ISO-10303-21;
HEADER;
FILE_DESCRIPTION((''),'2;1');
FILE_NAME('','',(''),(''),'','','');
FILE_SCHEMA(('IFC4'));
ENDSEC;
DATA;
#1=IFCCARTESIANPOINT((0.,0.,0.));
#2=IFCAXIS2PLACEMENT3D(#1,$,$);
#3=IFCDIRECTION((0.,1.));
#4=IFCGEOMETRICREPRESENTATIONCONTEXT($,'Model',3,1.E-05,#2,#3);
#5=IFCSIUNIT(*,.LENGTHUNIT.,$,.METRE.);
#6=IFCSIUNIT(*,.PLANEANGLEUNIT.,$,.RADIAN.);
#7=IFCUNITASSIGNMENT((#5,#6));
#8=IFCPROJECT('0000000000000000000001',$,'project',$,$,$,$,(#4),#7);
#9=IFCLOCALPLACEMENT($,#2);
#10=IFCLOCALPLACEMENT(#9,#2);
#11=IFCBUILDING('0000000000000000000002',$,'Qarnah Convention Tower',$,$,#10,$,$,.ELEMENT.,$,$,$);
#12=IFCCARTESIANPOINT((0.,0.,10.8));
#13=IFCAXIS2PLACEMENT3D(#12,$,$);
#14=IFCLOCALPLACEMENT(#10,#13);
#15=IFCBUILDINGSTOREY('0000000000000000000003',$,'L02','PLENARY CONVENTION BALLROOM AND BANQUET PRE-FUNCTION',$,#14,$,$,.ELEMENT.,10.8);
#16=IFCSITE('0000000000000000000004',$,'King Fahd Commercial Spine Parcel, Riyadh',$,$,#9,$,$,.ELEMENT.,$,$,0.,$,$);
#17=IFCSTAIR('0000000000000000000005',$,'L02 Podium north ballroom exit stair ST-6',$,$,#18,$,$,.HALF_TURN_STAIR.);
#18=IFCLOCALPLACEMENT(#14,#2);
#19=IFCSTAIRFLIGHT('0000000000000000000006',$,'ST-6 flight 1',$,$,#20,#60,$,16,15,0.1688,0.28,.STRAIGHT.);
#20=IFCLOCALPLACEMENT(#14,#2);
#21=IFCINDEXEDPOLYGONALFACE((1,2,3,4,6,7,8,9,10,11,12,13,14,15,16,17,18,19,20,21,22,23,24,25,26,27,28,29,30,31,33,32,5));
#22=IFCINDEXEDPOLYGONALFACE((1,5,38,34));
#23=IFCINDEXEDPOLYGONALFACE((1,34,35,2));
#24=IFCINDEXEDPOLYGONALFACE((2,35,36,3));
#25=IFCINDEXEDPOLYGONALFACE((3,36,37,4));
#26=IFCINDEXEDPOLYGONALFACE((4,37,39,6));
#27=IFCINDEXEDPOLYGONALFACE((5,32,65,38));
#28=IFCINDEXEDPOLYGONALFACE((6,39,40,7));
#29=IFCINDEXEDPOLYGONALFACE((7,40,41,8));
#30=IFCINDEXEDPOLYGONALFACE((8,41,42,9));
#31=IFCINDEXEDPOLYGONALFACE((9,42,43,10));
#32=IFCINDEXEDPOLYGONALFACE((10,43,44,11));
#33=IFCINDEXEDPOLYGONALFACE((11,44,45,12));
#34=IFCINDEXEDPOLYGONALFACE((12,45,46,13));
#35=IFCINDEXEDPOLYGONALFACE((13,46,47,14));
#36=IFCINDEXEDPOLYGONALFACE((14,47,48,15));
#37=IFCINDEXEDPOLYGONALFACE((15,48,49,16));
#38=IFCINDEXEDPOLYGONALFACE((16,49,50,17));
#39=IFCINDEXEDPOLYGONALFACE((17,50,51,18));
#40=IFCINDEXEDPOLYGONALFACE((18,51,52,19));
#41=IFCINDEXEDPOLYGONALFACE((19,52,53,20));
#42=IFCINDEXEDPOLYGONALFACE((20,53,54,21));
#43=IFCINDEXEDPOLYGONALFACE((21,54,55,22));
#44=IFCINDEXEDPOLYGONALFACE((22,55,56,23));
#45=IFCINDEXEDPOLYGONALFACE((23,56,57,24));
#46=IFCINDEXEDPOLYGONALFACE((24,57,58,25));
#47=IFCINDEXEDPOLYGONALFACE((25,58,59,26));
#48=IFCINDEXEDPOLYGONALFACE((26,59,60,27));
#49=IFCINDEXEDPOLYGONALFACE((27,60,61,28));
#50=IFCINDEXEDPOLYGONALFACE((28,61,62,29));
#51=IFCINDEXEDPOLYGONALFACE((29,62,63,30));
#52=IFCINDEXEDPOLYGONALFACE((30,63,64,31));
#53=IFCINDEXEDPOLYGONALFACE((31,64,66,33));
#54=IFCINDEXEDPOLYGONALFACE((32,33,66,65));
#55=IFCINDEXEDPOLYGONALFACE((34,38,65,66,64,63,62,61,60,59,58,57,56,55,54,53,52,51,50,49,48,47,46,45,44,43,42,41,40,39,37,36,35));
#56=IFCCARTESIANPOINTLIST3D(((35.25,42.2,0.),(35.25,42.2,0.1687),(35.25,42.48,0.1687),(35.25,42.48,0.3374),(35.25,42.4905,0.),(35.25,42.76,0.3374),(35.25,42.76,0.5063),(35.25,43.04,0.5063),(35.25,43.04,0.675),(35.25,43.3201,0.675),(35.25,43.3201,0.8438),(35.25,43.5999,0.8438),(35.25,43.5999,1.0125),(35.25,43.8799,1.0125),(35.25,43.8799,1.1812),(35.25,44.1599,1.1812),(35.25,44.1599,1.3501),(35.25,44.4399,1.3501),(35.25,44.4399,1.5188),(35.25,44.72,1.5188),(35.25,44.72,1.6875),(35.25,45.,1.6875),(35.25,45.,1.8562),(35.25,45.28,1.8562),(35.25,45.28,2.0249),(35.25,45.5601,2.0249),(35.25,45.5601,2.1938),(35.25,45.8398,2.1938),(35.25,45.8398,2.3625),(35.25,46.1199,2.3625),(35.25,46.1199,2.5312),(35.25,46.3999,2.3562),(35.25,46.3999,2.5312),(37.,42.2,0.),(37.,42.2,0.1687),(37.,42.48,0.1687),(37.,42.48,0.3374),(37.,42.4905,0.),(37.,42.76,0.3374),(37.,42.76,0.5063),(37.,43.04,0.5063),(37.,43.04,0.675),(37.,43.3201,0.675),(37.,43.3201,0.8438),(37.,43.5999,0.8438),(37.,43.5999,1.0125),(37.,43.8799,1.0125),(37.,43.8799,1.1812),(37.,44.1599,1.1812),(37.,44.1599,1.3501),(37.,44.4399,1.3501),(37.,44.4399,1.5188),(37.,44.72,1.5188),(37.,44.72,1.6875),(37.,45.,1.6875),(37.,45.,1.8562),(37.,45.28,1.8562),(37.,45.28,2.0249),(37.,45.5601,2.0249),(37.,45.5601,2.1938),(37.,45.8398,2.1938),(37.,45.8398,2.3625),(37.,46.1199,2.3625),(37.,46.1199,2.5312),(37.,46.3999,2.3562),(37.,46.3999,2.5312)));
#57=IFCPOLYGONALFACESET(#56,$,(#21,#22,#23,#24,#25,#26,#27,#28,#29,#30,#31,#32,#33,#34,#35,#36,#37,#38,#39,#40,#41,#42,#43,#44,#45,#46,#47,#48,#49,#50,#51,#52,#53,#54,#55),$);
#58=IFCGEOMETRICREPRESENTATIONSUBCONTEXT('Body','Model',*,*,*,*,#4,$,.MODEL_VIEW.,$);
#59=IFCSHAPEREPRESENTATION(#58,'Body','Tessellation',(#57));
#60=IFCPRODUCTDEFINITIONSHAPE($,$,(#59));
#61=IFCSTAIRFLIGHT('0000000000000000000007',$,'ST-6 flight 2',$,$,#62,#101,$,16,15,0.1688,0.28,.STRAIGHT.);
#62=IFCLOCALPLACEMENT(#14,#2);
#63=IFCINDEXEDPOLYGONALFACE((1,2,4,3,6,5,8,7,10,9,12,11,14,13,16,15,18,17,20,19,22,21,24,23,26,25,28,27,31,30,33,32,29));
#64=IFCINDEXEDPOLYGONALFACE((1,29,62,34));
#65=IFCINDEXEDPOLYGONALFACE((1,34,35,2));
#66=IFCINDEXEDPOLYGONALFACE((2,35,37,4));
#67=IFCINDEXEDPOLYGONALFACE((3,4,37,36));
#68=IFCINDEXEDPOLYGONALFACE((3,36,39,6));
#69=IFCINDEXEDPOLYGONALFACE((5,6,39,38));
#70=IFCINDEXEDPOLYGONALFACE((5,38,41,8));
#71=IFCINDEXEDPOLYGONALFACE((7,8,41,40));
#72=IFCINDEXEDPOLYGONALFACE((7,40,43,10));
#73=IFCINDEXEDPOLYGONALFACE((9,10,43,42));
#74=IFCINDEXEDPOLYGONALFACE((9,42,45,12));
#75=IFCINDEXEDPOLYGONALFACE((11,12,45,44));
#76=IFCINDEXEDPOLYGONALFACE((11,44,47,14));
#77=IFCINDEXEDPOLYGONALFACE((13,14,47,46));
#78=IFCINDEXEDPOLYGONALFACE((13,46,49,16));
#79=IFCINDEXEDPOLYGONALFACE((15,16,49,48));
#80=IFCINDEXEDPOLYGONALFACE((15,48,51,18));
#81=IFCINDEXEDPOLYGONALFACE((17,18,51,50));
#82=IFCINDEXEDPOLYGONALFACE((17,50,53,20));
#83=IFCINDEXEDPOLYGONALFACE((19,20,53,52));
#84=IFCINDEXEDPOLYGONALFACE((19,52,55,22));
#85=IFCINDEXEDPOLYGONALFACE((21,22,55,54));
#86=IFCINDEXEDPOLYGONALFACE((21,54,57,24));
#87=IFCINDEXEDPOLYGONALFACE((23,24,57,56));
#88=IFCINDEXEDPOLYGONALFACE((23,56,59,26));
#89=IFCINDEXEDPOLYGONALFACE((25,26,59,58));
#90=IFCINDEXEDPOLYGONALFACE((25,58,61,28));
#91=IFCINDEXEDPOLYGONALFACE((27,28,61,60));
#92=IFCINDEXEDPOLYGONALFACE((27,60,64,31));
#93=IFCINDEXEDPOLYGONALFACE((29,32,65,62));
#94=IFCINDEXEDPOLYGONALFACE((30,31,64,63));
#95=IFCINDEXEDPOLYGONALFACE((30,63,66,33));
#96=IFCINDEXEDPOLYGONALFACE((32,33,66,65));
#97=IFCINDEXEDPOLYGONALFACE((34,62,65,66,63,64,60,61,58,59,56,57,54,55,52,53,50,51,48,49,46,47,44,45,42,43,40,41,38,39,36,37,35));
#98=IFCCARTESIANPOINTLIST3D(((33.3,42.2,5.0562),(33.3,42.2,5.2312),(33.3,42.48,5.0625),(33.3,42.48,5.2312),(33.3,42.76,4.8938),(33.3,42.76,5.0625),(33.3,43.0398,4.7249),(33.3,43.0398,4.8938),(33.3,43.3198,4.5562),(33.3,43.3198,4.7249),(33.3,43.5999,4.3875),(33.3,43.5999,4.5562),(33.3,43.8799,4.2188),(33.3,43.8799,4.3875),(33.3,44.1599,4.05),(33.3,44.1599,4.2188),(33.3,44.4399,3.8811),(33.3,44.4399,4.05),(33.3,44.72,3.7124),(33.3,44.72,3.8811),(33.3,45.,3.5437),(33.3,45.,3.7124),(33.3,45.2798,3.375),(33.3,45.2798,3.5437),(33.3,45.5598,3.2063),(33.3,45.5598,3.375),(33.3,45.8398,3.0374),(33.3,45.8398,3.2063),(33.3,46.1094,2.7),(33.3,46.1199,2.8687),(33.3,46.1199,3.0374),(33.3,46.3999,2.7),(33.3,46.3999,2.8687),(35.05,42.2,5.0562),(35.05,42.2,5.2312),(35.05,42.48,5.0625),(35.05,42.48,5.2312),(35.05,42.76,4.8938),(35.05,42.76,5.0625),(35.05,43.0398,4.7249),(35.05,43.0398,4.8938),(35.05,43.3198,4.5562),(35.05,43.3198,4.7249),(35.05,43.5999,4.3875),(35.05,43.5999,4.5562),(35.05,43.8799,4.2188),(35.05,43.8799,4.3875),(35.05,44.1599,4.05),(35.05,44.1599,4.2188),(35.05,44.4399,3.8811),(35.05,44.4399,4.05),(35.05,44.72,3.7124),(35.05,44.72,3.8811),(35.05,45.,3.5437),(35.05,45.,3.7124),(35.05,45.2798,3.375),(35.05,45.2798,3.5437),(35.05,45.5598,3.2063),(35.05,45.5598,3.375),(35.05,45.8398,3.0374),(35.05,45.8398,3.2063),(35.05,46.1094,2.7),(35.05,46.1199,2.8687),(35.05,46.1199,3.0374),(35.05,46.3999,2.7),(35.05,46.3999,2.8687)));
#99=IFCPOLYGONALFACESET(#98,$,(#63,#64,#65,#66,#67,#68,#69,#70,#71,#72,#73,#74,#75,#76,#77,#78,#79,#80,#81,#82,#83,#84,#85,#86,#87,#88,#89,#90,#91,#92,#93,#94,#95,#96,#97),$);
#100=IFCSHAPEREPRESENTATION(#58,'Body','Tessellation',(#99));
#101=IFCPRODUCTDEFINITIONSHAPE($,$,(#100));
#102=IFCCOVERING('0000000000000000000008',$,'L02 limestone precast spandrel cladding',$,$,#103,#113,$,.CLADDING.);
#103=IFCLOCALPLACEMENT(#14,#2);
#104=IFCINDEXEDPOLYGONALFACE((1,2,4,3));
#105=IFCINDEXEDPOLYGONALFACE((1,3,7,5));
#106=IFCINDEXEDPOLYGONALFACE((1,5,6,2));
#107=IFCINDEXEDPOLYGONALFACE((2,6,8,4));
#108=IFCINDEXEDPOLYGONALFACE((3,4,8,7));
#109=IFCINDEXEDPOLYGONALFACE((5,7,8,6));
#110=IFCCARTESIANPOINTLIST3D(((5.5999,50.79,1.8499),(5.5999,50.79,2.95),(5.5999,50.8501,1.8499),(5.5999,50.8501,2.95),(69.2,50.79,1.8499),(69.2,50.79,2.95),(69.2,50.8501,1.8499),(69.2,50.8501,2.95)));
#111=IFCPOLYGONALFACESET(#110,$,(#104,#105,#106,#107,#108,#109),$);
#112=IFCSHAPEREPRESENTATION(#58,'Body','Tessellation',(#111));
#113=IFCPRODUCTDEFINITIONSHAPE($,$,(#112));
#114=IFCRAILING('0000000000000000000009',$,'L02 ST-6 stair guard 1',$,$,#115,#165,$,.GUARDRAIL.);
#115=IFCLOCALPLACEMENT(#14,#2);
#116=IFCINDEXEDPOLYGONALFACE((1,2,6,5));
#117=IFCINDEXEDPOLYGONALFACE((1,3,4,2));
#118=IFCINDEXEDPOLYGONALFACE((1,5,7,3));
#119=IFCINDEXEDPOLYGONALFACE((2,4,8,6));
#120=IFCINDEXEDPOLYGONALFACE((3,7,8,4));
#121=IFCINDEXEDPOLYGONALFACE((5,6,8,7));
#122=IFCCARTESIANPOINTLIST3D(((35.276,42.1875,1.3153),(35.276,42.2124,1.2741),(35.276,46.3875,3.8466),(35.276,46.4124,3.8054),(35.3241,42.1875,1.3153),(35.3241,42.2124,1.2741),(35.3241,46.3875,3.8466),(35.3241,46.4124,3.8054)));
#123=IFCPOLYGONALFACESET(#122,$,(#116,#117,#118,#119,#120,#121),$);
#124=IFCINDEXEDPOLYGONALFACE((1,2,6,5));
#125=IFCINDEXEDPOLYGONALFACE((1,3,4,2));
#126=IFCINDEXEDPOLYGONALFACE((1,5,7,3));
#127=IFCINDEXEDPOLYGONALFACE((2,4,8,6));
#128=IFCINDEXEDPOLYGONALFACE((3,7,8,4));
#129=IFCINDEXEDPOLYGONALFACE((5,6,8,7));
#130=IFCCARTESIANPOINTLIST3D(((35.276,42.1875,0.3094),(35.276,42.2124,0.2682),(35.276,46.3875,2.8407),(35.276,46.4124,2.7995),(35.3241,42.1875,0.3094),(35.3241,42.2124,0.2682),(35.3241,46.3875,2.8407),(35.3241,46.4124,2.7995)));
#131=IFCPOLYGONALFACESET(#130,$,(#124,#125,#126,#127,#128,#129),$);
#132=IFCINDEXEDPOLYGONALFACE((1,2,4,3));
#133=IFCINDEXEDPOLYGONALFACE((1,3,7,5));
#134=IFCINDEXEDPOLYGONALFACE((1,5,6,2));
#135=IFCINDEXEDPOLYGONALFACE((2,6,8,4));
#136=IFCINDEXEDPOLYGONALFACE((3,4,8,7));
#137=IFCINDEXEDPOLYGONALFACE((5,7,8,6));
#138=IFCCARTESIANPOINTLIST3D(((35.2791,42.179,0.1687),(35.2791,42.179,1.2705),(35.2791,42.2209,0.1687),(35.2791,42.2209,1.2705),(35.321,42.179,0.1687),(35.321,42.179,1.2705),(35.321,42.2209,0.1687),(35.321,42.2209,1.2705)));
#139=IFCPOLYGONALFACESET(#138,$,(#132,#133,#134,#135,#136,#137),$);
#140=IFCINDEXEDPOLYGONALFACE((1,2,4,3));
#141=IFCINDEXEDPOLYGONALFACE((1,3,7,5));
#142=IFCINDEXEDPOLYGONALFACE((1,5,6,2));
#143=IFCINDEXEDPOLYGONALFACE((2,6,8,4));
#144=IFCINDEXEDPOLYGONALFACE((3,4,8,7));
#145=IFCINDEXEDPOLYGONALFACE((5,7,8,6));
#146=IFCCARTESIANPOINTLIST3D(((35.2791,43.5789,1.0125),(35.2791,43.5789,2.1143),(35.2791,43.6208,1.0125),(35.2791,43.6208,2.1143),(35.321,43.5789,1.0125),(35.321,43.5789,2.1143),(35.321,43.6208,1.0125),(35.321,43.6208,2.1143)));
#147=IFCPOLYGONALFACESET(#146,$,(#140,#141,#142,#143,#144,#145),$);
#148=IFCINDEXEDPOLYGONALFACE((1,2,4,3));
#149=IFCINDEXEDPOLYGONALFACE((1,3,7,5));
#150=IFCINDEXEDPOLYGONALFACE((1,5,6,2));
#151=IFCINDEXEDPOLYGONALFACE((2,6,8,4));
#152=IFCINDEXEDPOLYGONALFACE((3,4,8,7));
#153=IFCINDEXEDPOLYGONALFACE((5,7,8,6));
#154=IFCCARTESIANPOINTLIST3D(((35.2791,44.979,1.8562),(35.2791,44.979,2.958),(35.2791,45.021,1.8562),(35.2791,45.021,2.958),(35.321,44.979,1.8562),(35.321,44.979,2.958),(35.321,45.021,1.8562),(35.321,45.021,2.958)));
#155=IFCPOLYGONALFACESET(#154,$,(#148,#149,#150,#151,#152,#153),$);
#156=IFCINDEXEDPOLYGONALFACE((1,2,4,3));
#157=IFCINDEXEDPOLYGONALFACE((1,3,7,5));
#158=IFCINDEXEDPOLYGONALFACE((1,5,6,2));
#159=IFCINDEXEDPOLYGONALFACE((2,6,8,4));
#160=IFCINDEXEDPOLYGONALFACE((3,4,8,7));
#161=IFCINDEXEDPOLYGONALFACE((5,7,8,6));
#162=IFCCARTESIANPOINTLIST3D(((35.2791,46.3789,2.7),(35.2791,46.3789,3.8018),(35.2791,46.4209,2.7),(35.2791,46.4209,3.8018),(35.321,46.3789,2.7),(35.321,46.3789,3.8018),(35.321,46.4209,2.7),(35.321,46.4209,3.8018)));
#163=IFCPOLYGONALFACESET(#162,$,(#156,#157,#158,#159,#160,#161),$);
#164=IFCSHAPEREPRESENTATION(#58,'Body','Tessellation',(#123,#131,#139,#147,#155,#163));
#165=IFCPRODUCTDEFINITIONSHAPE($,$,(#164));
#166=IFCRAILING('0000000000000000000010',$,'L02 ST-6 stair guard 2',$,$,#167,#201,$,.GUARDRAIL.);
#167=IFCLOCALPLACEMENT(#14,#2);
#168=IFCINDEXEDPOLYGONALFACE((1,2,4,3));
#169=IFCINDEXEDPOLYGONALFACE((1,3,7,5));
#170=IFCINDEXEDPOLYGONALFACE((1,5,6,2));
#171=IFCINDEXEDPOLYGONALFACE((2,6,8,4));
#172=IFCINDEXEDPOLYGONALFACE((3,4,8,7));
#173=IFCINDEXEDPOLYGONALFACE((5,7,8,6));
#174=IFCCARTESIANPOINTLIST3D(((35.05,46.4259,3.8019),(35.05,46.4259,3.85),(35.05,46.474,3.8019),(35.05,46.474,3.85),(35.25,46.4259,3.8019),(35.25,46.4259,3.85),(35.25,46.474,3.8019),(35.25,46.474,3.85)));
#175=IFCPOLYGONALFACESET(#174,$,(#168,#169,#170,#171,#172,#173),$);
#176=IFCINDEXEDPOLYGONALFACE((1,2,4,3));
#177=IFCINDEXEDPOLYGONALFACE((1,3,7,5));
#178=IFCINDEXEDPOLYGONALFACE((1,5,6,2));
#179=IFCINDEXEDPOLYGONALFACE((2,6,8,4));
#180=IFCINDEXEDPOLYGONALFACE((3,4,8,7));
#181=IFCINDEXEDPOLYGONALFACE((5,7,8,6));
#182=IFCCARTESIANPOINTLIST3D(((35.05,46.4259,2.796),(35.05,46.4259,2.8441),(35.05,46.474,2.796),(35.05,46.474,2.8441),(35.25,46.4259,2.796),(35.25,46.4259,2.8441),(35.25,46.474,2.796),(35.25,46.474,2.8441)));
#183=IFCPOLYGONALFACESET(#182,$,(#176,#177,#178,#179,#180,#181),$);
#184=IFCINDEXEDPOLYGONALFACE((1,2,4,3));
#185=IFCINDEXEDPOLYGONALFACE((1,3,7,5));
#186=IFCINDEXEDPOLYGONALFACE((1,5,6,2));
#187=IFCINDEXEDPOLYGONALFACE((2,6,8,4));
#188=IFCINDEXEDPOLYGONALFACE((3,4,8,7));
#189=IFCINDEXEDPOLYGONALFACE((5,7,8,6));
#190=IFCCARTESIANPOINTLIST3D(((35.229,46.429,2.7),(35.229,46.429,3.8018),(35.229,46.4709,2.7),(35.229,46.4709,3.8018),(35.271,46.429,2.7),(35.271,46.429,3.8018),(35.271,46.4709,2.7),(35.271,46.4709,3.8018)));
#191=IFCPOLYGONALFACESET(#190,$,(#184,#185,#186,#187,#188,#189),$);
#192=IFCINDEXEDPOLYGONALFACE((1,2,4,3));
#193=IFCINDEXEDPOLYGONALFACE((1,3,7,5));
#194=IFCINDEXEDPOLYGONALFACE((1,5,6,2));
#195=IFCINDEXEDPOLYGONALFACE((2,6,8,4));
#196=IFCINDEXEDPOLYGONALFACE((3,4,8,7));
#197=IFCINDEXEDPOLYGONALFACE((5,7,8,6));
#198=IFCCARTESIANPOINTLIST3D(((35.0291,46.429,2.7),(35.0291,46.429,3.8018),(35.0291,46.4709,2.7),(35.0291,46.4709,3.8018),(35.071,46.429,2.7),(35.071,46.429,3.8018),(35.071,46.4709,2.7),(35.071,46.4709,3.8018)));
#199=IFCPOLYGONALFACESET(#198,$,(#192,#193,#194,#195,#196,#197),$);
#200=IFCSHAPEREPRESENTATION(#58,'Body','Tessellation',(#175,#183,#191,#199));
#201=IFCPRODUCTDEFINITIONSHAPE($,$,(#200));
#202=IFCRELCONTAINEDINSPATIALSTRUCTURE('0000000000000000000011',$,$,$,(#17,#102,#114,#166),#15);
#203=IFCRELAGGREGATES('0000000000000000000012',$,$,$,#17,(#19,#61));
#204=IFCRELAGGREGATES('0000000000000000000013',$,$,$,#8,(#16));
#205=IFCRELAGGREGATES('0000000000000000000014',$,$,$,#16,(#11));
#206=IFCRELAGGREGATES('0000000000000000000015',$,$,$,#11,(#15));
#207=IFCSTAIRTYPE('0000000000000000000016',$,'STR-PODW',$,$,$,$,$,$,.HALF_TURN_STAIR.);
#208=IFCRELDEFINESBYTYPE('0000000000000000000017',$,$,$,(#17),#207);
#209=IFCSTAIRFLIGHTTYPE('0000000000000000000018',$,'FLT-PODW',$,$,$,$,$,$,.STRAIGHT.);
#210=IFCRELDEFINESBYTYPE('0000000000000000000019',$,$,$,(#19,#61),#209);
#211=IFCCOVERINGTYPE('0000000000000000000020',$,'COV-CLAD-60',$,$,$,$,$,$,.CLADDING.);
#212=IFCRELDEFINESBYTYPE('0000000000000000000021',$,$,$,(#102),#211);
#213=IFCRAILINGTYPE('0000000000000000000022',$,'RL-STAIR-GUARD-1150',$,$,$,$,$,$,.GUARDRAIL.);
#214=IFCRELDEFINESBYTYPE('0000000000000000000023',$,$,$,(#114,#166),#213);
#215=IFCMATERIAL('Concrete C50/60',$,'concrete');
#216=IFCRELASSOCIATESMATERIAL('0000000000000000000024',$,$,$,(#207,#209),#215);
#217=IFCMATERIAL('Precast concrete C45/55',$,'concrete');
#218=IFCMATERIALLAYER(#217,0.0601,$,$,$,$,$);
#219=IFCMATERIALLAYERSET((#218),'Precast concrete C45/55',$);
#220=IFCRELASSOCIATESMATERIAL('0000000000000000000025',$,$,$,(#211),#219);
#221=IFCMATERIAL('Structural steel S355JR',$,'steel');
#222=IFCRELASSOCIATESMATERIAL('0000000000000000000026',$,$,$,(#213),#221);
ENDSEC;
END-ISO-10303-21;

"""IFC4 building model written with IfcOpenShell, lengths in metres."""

from ifc_helpers import new_model, si_unit, direction, frame, origin, origin_2d, place, context, subcontext, project, spatial, polyline, rectangle, outline, extrude, material, layer, layer_set, type_object, element, aggregate, save


model = new_model("IFC4")

# Units and contexts
model_context = context("Model", 3, precision=1e-05, world=origin(), true_north=direction((0.0, 1.0)))
body_context = subcontext(model_context, "Body", "Model", "MODEL_VIEW")
ifc_project = project(units=[si_unit("LENGTHUNIT", "METRE"), si_unit("PLANEANGLEUNIT", "RADIAN")], contexts=[model_context])

# Site, building, storey
site_placement = place(None, origin())
site = spatial("IfcSite", under=ifc_project, at=site_placement, Name="King Fahd Commercial Spine Parcel, Riyadh", CompositionType="ELEMENT", RefElevation=0.0)
building_placement = place(site_placement, origin())
building = spatial("IfcBuilding", under=site, at=building_placement, Name="Qarnah Convention Tower", CompositionType="ELEMENT")
storey_placement = place(building_placement, frame((0.0, 0.0, 10.8)))
storey = spatial("IfcBuildingStorey", under=building, at=storey_placement, Name="L02", Description="PLENARY CONVENTION BALLROOM AND BANQUET PRE-FUNCTION", CompositionType="ELEMENT", Elevation=10.8)

# Shared definitions
ifc_material_1 = material(Name="Structural steel S355JR", Category="steel")

# Stair, stair flights
ifc_material_2 = material(Name="Concrete C50/60", Category="concrete")
stair_type = type_object("IfcStairType", Name="STR-PODW", PredefinedType="HALF_TURN_STAIR", material=ifc_material_2)
stair_placement = place(storey_placement, origin())
stair = element("IfcStair", 1, at=stair_placement, inside=storey, type_object=stair_type, Name="L02 Podium north ballroom exit stair ST-6", PredefinedType="HALF_TURN_STAIR")
stair_flight_type = type_object("IfcStairFlightType", Name="FLT-PODW", PredefinedType="STRAIGHT", material=ifc_material_2)
stair_flight_1_placement = place(storey_placement, frame((36.125, 42.2, 0.0), z_axis=(0.0, 0.0, 1.0), x_axis=(0.0, 1.0, 0.0)))
stair_flight_1 = element("IfcStairFlight", 2, at=stair_flight_1_placement, type_object=stair_flight_type, Name="ST-6 flight 1", NumberOfRisers=16, NumberOfTreads=15, PredefinedType="STRAIGHT", RiserHeight=0.1688, TreadLength=0.28, context=body_context, shape_type="SweptSolid", body=[
    extrude(outline(polyline([(0.0, 0.0), (0.0, 0.1687), (0.28, 0.1687), (0.28, 0.3374), (0.5601, 0.3374), (0.5601, 0.5063), (0.8401, 0.5063), (0.8401, 0.675), (1.1201, 0.675), (1.1201, 0.8438), (1.3999, 0.8438), (1.3999, 1.0125), (1.6799, 1.0125), (1.6799, 1.1812), (1.96, 1.1812), (1.96, 1.3501), (2.24, 1.3501), (2.24, 1.5188), (2.52, 1.5188), (2.52, 1.6875), (2.8, 1.6875), (2.8, 1.8562), (3.0801, 1.8562), (3.0801, 2.0249), (3.3601, 2.0249), (3.3601, 2.1938), (3.6399, 2.1938), (3.6399, 2.3625), (3.9199, 2.3625), (3.9199, 2.5312), (4.2, 2.5312), (4.2, 2.7), (4.2, 2.3562), (0.2905, 0.0), (0.0, 0.0)])), frame((0.0, 0.875, 0.0), z_axis=(0.0, -1.0, 0.0), x_axis=(1.0, 0.0, 0.0)), (0.0, 0.0, 1.0), 1.75),
])
stair_flight_2_placement = place(storey_placement, frame((34.175, 46.3999, 2.7), z_axis=(0.0, 0.0, 1.0), x_axis=(0.0, -1.0, 0.0)))
stair_flight_2 = element("IfcStairFlight", 3, at=stair_flight_2_placement, type_object=stair_flight_type, Name="ST-6 flight 2", NumberOfRisers=16, NumberOfTreads=15, PredefinedType="STRAIGHT", RiserHeight=0.1688, TreadLength=0.28, context=body_context, shape_type="SweptSolid", body=[
    extrude(outline(polyline([(0.0, 0.0), (0.0, 0.1687), (0.28, 0.1687), (0.28, 0.3374), (0.5601, 0.3374), (0.5601, 0.5063), (0.8401, 0.5063), (0.8401, 0.675), (1.1201, 0.675), (1.1201, 0.8438), (1.3999, 0.8438), (1.3999, 1.0125), (1.6799, 1.0125), (1.6799, 1.1812), (1.96, 1.1812), (1.96, 1.3501), (2.24, 1.3501), (2.24, 1.5188), (2.52, 1.5188), (2.52, 1.6875), (2.8, 1.6875), (2.8, 1.8562), (3.0801, 1.8562), (3.0801, 2.0249), (3.3601, 2.0249), (3.3601, 2.1938), (3.6399, 2.1938), (3.6399, 2.3625), (3.9199, 2.3625), (3.9199, 2.5312), (4.2, 2.5312), (4.2, 2.7), (4.2, 2.3562), (0.2905, 0.0), (0.0, 0.0)])), frame((0.0, 0.875, 0.0), z_axis=(0.0, -1.0, 0.0), x_axis=(1.0, 0.0, 0.0)), (0.0, 0.0, 1.0), 1.75),
])
aggregate(stair, [stair_flight_1, stair_flight_2])

# Covering
ifc_material_3 = material(Name="Precast concrete C45/55", Category="concrete")
ifc_layer_1 = layer(ifc_material_3, 0.0601)
ifc_layer_set_1 = layer_set([ifc_layer_1], Name="Precast concrete C45/55")
covering_type = type_object("IfcCoveringType", Name="COV-CLAD-60", PredefinedType="CLADDING", material=ifc_layer_set_1)
covering_placement = place(storey_placement, frame((37.3999, 50.8201, 1.8499), z_axis=(0.0, 0.0, 1.0), x_axis=(1.0, 0.0, 0.0)))
element("IfcCovering", 4, at=covering_placement, inside=storey, type_object=covering_type, Name="L02 limestone precast spandrel cladding", PredefinedType="CLADDING", context=body_context, shape_type="SweptSolid", body=[
    extrude(rectangle(XDim=63.6001, YDim=0.0601, at=origin_2d()), origin(), (0.0, 0.0, 1.0), 1.1001),
])

# Railings
railing_type_1 = type_object("IfcRailingType", Name="RL-STAIR-GUARD-1150", PredefinedType="GUARDRAIL", material=ifc_material_1)
railing_1_placement = place(storey_placement, frame((35.3, 42.2, 0.1687)))
element("IfcRailing", 5, at=railing_1_placement, inside=storey, type_object=railing_type_1, Name="L02 ST-6 stair guard 1", PredefinedType="GUARDRAIL", context=body_context, shape_type="SweptSolid", body=[
    extrude(rectangle(XDim=0.0481, YDim=0.0481, at=origin_2d()), frame((0.0, 0.0, 1.126), z_axis=(0.0, 0.856476, 0.516186), x_axis=(-1.0, 0.0, 0.0)), (0.0, 0.0, 1.0), 4.9038),
    extrude(rectangle(XDim=0.0481, YDim=0.0481, at=origin_2d()), frame((0.0, 0.0, 0.1201), z_axis=(0.0, 0.856476, 0.516186), x_axis=(-1.0, 0.0, 0.0)), (0.0, 0.0, 1.0), 4.9038),
    extrude(rectangle(XDim=0.042, YDim=0.042, at=origin_2d()), origin(), (0.0, 0.0, 1.0), 1.1018),
    extrude(rectangle(XDim=0.042, YDim=0.042, at=origin_2d()), frame((0.0, 1.3999, 0.8438)), (0.0, 0.0, 1.0), 1.1018),
    extrude(rectangle(XDim=0.042, YDim=0.042, at=origin_2d()), frame((0.0, 2.8, 1.6875)), (0.0, 0.0, 1.0), 1.1018),
    extrude(rectangle(XDim=0.042, YDim=0.042, at=origin_2d()), frame((0.0, 4.2, 2.5312)), (0.0, 0.0, 1.0), 1.1018),
])
railing_2_placement = place(storey_placement, frame((35.25, 46.45, 2.7)))
element("IfcRailing", 6, at=railing_2_placement, inside=storey, type_object=railing_type_1, Name="L02 ST-6 stair guard 2", PredefinedType="GUARDRAIL", context=body_context, shape_type="SweptSolid", body=[
    extrude(rectangle(XDim=0.0481, YDim=0.0481, at=origin_2d()), frame((0.0, 0.0, 1.126), z_axis=(-1.0, 0.0, 0.0), x_axis=(0.0, -1.0, 0.0)), (0.0, 0.0, 1.0), 0.2),
    extrude(rectangle(XDim=0.0481, YDim=0.0481, at=origin_2d()), frame((0.0, 0.0, 0.1201), z_axis=(-1.0, 0.0, 0.0), x_axis=(0.0, -1.0, 0.0)), (0.0, 0.0, 1.0), 0.2),
    extrude(rectangle(XDim=0.042, YDim=0.042, at=origin_2d()), origin(), (0.0, 0.0, 1.0), 1.1018),
    extrude(rectangle(XDim=0.042, YDim=0.042, at=origin_2d()), frame((-0.2, 0.0, 0.0)), (0.0, 0.0, 1.0), 1.1018),
])

save(model, "model.ifc")
